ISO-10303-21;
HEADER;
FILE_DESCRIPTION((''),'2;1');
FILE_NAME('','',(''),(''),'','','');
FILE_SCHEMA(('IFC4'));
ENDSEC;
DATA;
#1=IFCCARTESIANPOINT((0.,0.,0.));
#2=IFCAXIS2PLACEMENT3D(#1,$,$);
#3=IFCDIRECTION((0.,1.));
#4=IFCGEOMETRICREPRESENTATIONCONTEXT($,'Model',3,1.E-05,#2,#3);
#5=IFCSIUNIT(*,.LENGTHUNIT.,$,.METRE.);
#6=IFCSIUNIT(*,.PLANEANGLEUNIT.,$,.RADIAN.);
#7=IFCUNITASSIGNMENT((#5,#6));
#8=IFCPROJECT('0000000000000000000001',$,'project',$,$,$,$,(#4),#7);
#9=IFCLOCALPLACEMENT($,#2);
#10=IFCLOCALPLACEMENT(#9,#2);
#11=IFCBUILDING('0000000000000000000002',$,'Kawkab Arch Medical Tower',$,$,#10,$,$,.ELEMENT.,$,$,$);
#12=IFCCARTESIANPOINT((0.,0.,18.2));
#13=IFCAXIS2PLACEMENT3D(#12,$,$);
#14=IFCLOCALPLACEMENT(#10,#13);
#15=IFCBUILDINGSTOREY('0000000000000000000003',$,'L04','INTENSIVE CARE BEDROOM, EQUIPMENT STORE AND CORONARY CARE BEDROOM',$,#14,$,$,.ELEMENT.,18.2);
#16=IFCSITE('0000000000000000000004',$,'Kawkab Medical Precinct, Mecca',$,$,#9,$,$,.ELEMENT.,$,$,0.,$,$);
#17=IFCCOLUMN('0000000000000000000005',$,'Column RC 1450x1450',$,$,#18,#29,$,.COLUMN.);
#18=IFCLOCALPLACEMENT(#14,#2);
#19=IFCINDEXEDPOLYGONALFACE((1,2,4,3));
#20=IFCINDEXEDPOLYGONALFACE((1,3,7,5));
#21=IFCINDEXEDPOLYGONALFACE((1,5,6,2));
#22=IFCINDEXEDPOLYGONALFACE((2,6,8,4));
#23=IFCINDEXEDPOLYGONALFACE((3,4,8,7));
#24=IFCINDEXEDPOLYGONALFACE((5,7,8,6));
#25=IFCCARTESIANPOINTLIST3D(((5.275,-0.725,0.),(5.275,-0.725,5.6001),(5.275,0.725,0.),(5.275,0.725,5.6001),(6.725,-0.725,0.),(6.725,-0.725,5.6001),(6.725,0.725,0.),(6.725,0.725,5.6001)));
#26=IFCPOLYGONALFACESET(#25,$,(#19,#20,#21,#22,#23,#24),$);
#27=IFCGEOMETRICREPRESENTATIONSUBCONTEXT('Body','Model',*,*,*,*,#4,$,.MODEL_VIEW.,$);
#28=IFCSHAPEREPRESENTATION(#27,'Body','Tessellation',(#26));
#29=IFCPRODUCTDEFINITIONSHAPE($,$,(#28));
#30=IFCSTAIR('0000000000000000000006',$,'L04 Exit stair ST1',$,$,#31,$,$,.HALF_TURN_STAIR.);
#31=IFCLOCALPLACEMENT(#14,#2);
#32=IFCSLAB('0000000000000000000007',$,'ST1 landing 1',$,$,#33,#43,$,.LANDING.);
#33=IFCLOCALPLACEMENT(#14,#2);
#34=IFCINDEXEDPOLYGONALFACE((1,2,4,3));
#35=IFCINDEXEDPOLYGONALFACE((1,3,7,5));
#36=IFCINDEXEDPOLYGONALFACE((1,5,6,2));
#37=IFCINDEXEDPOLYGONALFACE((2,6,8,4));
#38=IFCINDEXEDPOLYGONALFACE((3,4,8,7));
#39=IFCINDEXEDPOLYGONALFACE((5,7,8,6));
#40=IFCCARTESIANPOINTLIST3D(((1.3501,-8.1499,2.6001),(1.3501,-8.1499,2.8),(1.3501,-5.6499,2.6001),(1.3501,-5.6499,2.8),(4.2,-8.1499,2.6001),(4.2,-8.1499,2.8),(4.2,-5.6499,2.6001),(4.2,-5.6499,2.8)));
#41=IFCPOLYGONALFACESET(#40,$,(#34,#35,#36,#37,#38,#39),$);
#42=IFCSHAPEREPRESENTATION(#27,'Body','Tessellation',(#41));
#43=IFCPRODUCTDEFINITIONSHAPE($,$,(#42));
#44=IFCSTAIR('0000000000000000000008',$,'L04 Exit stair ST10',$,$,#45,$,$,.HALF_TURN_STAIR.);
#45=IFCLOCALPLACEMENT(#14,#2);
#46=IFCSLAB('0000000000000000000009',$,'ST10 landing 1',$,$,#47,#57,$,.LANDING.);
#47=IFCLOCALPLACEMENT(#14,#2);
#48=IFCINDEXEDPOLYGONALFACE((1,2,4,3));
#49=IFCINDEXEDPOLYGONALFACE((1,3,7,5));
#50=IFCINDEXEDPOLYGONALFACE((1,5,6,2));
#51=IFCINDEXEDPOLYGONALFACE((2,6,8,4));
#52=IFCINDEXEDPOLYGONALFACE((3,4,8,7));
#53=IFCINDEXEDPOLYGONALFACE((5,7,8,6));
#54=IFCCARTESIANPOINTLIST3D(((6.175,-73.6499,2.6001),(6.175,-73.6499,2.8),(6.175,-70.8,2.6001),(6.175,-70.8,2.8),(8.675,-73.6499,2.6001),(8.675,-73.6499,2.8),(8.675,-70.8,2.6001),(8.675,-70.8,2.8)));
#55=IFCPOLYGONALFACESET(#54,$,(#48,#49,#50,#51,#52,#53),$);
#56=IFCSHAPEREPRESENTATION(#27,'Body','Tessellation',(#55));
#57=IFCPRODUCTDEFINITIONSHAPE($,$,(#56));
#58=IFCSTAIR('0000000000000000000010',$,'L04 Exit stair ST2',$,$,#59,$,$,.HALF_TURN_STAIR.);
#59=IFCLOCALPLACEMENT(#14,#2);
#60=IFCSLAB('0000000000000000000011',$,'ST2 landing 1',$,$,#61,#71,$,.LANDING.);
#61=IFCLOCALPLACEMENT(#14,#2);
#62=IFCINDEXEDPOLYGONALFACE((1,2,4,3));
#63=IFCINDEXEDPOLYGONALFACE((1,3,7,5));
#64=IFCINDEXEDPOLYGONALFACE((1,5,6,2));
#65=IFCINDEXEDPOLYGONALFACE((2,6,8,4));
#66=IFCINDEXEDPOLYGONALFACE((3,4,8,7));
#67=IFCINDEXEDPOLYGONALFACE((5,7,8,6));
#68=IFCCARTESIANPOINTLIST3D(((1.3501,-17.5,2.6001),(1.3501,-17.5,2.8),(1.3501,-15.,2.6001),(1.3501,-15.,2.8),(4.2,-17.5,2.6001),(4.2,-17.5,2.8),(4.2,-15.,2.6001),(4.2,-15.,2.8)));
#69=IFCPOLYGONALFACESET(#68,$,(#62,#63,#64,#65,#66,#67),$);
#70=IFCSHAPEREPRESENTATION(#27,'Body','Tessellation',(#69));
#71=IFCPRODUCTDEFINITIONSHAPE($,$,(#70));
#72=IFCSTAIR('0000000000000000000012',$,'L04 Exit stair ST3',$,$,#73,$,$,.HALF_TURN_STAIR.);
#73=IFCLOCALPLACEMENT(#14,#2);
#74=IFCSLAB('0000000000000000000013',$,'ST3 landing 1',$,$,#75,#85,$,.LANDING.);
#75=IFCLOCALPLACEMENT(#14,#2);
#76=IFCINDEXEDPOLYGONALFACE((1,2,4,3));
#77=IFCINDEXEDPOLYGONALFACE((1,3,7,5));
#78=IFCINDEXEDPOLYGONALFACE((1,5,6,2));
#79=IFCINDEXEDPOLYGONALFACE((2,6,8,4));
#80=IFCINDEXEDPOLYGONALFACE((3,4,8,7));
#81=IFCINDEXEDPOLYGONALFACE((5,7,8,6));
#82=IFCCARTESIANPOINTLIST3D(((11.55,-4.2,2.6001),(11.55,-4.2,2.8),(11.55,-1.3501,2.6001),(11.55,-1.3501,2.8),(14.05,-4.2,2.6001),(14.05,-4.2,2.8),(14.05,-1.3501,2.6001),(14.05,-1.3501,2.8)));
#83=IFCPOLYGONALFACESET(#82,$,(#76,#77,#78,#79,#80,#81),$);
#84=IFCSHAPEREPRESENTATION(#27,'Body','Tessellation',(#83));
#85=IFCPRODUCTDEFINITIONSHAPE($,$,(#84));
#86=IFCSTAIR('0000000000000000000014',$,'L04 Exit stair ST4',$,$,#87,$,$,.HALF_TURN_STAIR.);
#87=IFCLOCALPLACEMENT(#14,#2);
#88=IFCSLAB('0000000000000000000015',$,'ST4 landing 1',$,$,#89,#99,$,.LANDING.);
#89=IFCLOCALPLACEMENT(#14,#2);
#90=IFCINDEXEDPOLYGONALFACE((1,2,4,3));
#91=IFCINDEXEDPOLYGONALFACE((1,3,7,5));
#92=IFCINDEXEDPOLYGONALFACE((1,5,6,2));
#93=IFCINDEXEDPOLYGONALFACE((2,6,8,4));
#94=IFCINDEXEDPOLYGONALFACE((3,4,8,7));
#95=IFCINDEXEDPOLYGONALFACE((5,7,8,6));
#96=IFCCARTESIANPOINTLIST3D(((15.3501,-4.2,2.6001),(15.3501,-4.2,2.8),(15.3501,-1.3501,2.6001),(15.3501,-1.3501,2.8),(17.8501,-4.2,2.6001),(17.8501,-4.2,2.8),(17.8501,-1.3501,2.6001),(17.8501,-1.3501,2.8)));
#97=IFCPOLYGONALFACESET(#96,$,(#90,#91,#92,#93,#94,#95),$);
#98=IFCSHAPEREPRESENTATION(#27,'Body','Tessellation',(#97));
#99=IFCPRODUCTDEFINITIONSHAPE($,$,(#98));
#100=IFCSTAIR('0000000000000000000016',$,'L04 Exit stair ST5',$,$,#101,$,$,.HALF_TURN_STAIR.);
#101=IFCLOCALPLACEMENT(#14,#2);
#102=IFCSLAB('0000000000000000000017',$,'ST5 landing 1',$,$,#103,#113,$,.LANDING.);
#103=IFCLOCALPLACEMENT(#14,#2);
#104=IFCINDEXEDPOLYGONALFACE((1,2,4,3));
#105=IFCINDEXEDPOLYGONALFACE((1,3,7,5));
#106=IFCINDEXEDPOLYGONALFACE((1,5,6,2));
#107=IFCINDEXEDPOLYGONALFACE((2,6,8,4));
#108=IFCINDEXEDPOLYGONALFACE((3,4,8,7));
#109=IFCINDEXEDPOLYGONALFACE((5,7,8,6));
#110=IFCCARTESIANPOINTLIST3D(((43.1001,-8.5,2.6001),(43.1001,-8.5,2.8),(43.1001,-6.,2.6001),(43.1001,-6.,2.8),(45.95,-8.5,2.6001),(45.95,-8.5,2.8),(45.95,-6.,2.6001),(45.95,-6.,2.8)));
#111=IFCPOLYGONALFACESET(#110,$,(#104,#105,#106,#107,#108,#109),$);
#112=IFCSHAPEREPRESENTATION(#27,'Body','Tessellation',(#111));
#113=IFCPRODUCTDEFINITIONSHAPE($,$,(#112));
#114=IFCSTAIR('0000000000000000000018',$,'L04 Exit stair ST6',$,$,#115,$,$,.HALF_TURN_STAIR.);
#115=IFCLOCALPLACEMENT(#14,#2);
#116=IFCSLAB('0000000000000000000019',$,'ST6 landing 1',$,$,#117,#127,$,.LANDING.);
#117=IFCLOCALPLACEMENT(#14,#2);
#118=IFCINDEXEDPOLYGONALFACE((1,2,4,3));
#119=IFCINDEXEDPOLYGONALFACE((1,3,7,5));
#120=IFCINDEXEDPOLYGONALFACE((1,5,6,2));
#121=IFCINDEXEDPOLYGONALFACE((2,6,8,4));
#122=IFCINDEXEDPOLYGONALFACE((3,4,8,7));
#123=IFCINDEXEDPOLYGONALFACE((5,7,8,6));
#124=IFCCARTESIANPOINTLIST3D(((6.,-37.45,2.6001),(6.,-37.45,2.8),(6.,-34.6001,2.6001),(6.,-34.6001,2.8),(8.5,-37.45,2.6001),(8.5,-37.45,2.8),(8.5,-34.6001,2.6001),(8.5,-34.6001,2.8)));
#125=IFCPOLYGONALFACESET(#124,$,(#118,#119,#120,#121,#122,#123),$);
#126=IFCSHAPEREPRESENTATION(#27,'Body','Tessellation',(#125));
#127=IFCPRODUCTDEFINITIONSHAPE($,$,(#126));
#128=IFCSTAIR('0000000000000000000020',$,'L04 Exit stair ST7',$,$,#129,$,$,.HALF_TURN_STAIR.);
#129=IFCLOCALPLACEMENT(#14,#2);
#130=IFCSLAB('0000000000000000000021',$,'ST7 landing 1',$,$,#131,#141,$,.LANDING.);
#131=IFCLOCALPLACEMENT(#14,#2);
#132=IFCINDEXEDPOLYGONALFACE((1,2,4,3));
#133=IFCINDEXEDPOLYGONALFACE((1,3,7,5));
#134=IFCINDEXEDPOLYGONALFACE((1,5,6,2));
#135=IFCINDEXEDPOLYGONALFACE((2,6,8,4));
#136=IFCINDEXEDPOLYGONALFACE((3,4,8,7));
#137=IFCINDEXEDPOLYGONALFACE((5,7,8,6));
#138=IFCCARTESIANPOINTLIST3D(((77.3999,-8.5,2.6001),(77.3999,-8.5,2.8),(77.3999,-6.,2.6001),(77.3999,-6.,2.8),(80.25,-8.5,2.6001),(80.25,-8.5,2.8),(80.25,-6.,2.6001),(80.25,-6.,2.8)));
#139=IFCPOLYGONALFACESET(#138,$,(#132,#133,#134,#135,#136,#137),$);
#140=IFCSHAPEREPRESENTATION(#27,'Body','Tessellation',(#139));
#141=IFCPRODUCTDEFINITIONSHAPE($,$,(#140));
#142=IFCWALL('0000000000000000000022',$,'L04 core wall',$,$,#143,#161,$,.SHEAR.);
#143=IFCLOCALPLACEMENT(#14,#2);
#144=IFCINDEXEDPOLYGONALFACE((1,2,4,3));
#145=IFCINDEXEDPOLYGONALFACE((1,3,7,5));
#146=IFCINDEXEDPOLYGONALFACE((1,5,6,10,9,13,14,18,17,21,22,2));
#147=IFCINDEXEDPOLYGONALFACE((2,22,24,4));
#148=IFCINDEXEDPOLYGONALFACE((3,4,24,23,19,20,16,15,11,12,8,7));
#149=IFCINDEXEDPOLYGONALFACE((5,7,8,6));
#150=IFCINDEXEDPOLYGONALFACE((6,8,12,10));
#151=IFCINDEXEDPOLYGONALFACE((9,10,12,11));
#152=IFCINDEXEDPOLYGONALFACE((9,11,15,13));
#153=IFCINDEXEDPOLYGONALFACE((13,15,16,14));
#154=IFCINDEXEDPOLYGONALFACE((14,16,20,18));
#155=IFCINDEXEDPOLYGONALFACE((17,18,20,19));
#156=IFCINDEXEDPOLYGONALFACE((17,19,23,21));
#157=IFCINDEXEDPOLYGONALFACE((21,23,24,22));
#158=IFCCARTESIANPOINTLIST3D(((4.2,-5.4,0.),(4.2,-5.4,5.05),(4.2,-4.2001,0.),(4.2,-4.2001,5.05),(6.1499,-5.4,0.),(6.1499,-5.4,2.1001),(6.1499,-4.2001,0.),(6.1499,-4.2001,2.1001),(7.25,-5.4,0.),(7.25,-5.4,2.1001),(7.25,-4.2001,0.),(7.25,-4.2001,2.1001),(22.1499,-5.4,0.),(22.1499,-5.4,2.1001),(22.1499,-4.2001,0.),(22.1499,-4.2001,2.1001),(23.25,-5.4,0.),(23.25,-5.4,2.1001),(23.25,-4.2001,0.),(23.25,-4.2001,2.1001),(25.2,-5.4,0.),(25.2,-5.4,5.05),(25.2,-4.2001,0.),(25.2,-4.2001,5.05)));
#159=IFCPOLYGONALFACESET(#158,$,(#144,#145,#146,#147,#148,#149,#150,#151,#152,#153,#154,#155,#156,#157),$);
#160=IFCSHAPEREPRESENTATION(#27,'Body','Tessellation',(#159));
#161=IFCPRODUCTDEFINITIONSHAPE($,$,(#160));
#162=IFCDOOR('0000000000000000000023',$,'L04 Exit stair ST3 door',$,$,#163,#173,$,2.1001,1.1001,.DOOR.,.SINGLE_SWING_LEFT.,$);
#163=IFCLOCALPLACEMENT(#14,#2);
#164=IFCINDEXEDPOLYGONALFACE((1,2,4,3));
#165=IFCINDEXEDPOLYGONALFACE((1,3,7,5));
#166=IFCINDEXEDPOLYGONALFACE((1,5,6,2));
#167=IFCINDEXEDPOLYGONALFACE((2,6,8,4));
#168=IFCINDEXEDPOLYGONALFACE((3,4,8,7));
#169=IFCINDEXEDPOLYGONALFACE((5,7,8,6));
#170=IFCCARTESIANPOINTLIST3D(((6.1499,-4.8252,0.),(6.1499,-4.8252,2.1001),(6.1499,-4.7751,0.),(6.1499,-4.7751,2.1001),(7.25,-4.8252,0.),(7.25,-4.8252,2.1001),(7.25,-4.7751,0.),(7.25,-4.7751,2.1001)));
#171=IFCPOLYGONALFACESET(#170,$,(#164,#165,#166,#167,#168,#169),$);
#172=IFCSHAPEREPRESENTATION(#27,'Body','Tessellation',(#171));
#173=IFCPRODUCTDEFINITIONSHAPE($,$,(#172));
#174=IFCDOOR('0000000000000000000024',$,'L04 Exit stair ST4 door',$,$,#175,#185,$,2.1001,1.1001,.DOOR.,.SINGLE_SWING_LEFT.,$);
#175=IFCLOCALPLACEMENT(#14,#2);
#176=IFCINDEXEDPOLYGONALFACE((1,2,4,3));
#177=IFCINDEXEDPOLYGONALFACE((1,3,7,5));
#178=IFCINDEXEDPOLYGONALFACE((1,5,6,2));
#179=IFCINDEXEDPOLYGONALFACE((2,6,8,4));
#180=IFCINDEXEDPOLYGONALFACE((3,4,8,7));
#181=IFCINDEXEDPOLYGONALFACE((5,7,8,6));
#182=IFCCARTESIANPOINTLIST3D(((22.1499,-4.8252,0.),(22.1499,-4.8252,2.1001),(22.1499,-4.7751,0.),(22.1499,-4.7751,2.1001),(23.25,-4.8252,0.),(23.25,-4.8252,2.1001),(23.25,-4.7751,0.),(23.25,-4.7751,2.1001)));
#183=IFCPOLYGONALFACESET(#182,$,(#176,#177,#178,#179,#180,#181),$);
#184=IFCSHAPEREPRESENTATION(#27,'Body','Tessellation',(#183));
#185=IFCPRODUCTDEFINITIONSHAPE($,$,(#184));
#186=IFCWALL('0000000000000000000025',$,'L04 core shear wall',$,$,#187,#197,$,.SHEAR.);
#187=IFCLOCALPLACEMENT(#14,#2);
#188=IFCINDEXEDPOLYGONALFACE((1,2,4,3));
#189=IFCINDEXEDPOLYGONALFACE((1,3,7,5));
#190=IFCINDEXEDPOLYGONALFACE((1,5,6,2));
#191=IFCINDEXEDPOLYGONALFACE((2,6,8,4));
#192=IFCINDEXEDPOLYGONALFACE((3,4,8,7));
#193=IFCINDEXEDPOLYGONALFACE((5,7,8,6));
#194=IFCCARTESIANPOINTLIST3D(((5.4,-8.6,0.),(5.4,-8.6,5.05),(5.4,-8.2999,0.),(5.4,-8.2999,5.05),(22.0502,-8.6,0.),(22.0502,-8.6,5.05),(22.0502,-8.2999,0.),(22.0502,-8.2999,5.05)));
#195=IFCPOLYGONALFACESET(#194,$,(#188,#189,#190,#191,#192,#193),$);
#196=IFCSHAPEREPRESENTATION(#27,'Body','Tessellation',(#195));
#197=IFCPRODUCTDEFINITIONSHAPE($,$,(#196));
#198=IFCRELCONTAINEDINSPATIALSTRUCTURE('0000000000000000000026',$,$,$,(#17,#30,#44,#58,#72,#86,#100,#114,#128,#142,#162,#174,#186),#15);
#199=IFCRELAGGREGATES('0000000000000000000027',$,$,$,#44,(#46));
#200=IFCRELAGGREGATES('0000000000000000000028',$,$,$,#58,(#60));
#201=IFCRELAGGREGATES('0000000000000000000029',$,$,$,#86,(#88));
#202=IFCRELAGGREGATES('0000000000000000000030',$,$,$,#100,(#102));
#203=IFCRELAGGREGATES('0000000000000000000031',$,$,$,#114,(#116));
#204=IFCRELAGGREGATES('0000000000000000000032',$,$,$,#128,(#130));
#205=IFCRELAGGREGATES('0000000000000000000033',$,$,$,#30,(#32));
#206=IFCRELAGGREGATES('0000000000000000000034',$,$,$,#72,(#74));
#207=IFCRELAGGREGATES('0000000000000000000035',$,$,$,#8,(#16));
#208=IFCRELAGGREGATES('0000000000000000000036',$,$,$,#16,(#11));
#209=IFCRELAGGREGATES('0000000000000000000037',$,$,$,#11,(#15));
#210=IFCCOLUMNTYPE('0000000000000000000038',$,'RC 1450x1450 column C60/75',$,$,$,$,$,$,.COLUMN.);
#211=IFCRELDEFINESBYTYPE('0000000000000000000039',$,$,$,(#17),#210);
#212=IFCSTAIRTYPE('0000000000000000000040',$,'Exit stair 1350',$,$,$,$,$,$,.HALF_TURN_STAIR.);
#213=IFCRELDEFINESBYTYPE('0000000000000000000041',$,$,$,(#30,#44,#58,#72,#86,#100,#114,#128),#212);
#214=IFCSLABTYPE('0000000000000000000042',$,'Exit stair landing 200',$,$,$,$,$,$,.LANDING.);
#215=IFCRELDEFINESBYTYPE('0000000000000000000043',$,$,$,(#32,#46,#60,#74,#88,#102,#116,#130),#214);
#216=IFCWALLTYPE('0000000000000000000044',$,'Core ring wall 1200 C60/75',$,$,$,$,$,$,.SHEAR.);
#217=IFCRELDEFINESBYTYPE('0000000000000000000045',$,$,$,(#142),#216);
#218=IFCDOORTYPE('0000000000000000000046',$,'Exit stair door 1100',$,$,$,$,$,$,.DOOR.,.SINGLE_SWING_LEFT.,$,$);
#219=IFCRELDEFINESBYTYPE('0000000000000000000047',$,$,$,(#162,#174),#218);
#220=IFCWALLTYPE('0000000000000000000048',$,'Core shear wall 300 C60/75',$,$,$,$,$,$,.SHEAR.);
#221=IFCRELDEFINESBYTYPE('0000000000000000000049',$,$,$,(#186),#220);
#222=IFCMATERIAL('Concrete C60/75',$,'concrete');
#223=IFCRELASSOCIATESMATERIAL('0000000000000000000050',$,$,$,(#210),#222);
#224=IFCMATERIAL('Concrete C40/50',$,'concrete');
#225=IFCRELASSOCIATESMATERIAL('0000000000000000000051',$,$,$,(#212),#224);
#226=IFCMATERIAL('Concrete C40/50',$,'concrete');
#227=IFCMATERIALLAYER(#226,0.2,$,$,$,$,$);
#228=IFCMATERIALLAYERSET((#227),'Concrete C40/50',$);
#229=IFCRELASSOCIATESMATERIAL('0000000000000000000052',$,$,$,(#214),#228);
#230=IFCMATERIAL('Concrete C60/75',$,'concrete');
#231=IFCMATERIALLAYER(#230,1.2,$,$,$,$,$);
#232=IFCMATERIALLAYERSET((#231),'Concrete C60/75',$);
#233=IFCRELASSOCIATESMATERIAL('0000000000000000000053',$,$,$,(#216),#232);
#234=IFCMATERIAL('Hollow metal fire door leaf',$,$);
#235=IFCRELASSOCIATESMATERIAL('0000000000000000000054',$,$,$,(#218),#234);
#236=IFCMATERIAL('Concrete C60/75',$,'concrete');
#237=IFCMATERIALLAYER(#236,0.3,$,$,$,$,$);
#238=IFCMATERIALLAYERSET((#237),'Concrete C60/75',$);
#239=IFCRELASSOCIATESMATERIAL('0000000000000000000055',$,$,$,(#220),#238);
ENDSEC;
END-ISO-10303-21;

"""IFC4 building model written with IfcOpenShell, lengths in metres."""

from ifc_helpers import new_model, si_unit, direction, frame, frame_2d, origin, origin_2d, place, context, subcontext, project, spatial, polyline, rectangle, outline, extrude, material, layer, layer_set, material_profile, profile_set, type_object, element, fill, aggregate, save


model = new_model("IFC4")

# Units and contexts
model_context = context("Model", 3, precision=1e-05, world=origin(), true_north=direction((0.0, 1.0)))
body_context = subcontext(model_context, "Body", "Model", "MODEL_VIEW")
ifc_project = project(units=[si_unit("LENGTHUNIT", "METRE"), si_unit("PLANEANGLEUNIT", "RADIAN")], contexts=[model_context])

# Site, building, storey
site_placement = place(None, origin())
site = spatial("IfcSite", under=ifc_project, at=site_placement, Name="Kawkab Medical Precinct, Mecca", CompositionType="ELEMENT", RefElevation=0.0)
building_placement = place(site_placement, origin())
building = spatial("IfcBuilding", under=site, at=building_placement, Name="Kawkab Arch Medical Tower", CompositionType="ELEMENT")
storey_placement = place(building_placement, frame((0.0, 0.0, 18.2)))
storey = spatial("IfcBuildingStorey", under=building, at=storey_placement, Name="L04", Description="INTENSIVE CARE BEDROOM, EQUIPMENT STORE AND CORONARY CARE BEDROOM", CompositionType="ELEMENT", Elevation=18.2)

# Column
ifc_material_1 = material(Name="Concrete C60/75", Category="concrete")
ifc_material_profile = material_profile(ifc_material_1, rectangle(XDim=1.45, YDim=1.45, at=origin_2d()), Name="RC 1450x1450")
ifc_profile_set = profile_set([ifc_material_profile], Name="Concrete C60/75")
column_type = type_object("IfcColumnType", Name="RC 1450x1450 column C60/75", PredefinedType="COLUMN", material=ifc_profile_set)
column_placement = place(storey_placement, frame((6.0, 0.0, 0.0), z_axis=(0.0, 0.0, 1.0), x_axis=(1.0, 0.0, 0.0)))
element("IfcColumn", 1, at=column_placement, inside=storey, type_object=column_type, Name="Column RC 1450x1450", PredefinedType="COLUMN", context=body_context, shape_type="SweptSolid", body=[
    extrude(rectangle(XDim=1.45, YDim=1.45, at=origin_2d()), origin(), (0.0, 0.0, 1.0), 5.6001),
])

# Stairs, slabs
ifc_material_2 = material(Name="Concrete C40/50", Category="concrete")
stair_type = type_object("IfcStairType", Name="Exit stair 1350", PredefinedType="HALF_TURN_STAIR", material=ifc_material_2)
placement_1 = place(storey_placement, origin())
stair_1 = element("IfcStair", 2, at=placement_1, inside=storey, type_object=stair_type, Name="L04 Exit stair ST1", PredefinedType="HALF_TURN_STAIR")
ifc_material_3 = material(Name="Concrete C40/50", Category="concrete")
ifc_layer_1 = layer(ifc_material_3, 0.2)
ifc_layer_set_1 = layer_set([ifc_layer_1], Name="Concrete C40/50")
slab_type = type_object("IfcSlabType", Name="Exit stair landing 200", PredefinedType="LANDING", material=ifc_layer_set_1)
placement_2 = place(storey_placement, frame((0.0, 0.0, 2.6001)))
slab_1 = element("IfcSlab", 3, at=placement_2, type_object=slab_type, Name="ST1 landing 1", PredefinedType="LANDING", context=body_context, shape_type="SweptSolid", body=[
    extrude(outline(polyline([(4.2, -8.1499), (4.2, -5.6499), (1.3501, -5.6499), (1.3501, -8.1499), (4.2, -8.1499)])), origin(), (0.0, 0.0, 1.0), 0.2),
])
stair_2 = element("IfcStair", 4, at=placement_1, inside=storey, type_object=stair_type, Name="L04 Exit stair ST10", PredefinedType="HALF_TURN_STAIR")
slab_2 = element("IfcSlab", 5, at=placement_2, type_object=slab_type, Name="ST10 landing 1", PredefinedType="LANDING", context=body_context, shape_type="SweptSolid", body=[
    extrude(outline(polyline([(6.175, -73.6499), (8.675, -73.6499), (8.675, -70.8), (6.175, -70.8), (6.175, -73.6499)])), origin(), (0.0, 0.0, 1.0), 0.2),
])
aggregate(stair_2, [slab_2])
stair_3 = element("IfcStair", 6, at=placement_1, inside=storey, type_object=stair_type, Name="L04 Exit stair ST2", PredefinedType="HALF_TURN_STAIR")
slab_3 = element("IfcSlab", 7, at=placement_2, type_object=slab_type, Name="ST2 landing 1", PredefinedType="LANDING", context=body_context, shape_type="SweptSolid", body=[
    extrude(outline(polyline([(4.2, -17.5), (4.2, -15.0), (1.3501, -15.0), (1.3501, -17.5), (4.2, -17.5)])), origin(), (0.0, 0.0, 1.0), 0.2),
])
aggregate(stair_3, [slab_3])
stair_4 = element("IfcStair", 8, at=placement_1, inside=storey, type_object=stair_type, Name="L04 Exit stair ST3", PredefinedType="HALF_TURN_STAIR")
slab_4 = element("IfcSlab", 9, at=placement_2, type_object=slab_type, Name="ST3 landing 1", PredefinedType="LANDING", context=body_context, shape_type="SweptSolid", body=[
    extrude(outline(polyline([(11.55, -4.2), (14.05, -4.2), (14.05, -1.3501), (11.55, -1.3501), (11.55, -4.2)])), origin(), (0.0, 0.0, 1.0), 0.2),
])
stair_5 = element("IfcStair", 10, at=placement_1, inside=storey, type_object=stair_type, Name="L04 Exit stair ST4", PredefinedType="HALF_TURN_STAIR")
slab_5 = element("IfcSlab", 11, at=placement_2, type_object=slab_type, Name="ST4 landing 1", PredefinedType="LANDING", context=body_context, shape_type="SweptSolid", body=[
    extrude(outline(polyline([(17.8501, -1.3501), (15.3501, -1.3501), (15.3501, -4.2), (17.8501, -4.2), (17.8501, -1.3501)])), origin(), (0.0, 0.0, 1.0), 0.2),
])
aggregate(stair_5, [slab_5])
stair_6 = element("IfcStair", 12, at=placement_1, inside=storey, type_object=stair_type, Name="L04 Exit stair ST5", PredefinedType="HALF_TURN_STAIR")
slab_6 = element("IfcSlab", 13, at=placement_2, type_object=slab_type, Name="ST5 landing 1", PredefinedType="LANDING", context=body_context, shape_type="SweptSolid", body=[
    extrude(outline(polyline([(43.1001, -6.0), (43.1001, -8.5), (45.95, -8.5), (45.95, -6.0), (43.1001, -6.0)])), origin(), (0.0, 0.0, 1.0), 0.2),
])
aggregate(stair_6, [slab_6])
stair_7 = element("IfcStair", 14, at=placement_1, inside=storey, type_object=stair_type, Name="L04 Exit stair ST6", PredefinedType="HALF_TURN_STAIR")
slab_7 = element("IfcSlab", 15, at=placement_2, type_object=slab_type, Name="ST6 landing 1", PredefinedType="LANDING", context=body_context, shape_type="SweptSolid", body=[
    extrude(outline(polyline([(6.0, -37.45), (8.5, -37.45), (8.5, -34.6001), (6.0, -34.6001), (6.0, -37.45)])), origin(), (0.0, 0.0, 1.0), 0.2),
])
aggregate(stair_7, [slab_7])
stair_8 = element("IfcStair", 16, at=placement_1, inside=storey, type_object=stair_type, Name="L04 Exit stair ST7", PredefinedType="HALF_TURN_STAIR")
slab_8 = element("IfcSlab", 17, at=placement_2, type_object=slab_type, Name="ST7 landing 1", PredefinedType="LANDING", context=body_context, shape_type="SweptSolid", body=[
    extrude(outline(polyline([(77.3999, -6.0), (77.3999, -8.5), (80.25, -8.5), (80.25, -6.0), (77.3999, -6.0)])), origin(), (0.0, 0.0, 1.0), 0.2),
])
aggregate(stair_8, [slab_8])

# Wall, openings, doors
ifc_material_4 = material(Name="Concrete C60/75", Category="concrete")
ifc_layer_2 = layer(ifc_material_4, 1.2)
ifc_layer_set_2 = layer_set([ifc_layer_2], Name="Concrete C60/75")
wall_type_1 = type_object("IfcWallType", Name="Core ring wall 1200 C60/75", PredefinedType="SHEAR", material=ifc_layer_set_2)
wall_1_placement = place(storey_placement, frame((4.2, -4.8, 0.0), z_axis=(0.0, 0.0, 1.0), x_axis=(1.0, 0.0, 0.0)))
wall_1 = element("IfcWall", 18, at=wall_1_placement, inside=storey, type_object=wall_type_1, Name="L04 core wall", PredefinedType="SHEAR", context=body_context, shape_type="SweptSolid", body=[
    extrude(rectangle(XDim=21.0, YDim=1.2, at=frame_2d((10.5, 0.0))), origin(), (0.0, 0.0, 1.0), 5.05),
])
opening_1_placement = place(wall_1_placement, frame((1.95, 0.0, 0.0)))
opening_1 = element("IfcOpeningElement", 19, at=opening_1_placement, cuts=wall_1, PredefinedType="OPENING", context=body_context, shape_type="SweptSolid", body=[
    extrude(rectangle(XDim=1.1001, YDim=2.1001, at=frame_2d((0.55, 1.05))), frame((0.0, 0.6099, 0.0), z_axis=(0.0, -1.0, 0.0), x_axis=(1.0, 0.0, 0.0)), (0.0, 0.0, 1.0), 1.22),
])
opening_2_placement = place(wall_1_placement, frame((17.95, 0.0, 0.0)))
opening_2 = element("IfcOpeningElement", 20, at=opening_2_placement, cuts=wall_1, PredefinedType="OPENING", context=body_context, shape_type="SweptSolid", body=[
    extrude(rectangle(XDim=1.1001, YDim=2.1001, at=frame_2d((0.55, 1.05))), frame((0.0, 0.6099, 0.0), z_axis=(0.0, -1.0, 0.0), x_axis=(1.0, 0.0, 0.0)), (0.0, 0.0, 1.0), 1.22),
])
ifc_material_5 = material(Name="Hollow metal fire door leaf")
door_type = type_object("IfcDoorType", Name="Exit stair door 1100", OperationType="SINGLE_SWING_LEFT", PredefinedType="DOOR", material=ifc_material_5)
door_1_placement = place(opening_1_placement, origin())
door_1 = element("IfcDoor", 21, at=door_1_placement, inside=storey, type_object=door_type, Name="L04 Exit stair ST3 door", OperationType="SINGLE_SWING_LEFT", OverallHeight=2.1001, OverallWidth=1.1001, PredefinedType="DOOR", context=body_context, shape_type="SweptSolid", body=[
    extrude(rectangle(XDim=1.1001, YDim=2.1001, at=frame_2d((0.55, 1.05))), frame((0.0, 0.0249, 0.0), z_axis=(0.0, -1.0, 0.0), x_axis=(1.0, 0.0, 0.0)), (0.0, 0.0, 1.0), 0.05),
])
fill(opening_1, door_1)
door_2_placement = place(opening_2_placement, origin())
door_2 = element("IfcDoor", 22, at=door_2_placement, inside=storey, type_object=door_type, Name="L04 Exit stair ST4 door", OperationType="SINGLE_SWING_LEFT", OverallHeight=2.1001, OverallWidth=1.1001, PredefinedType="DOOR", context=body_context, shape_type="SweptSolid", body=[
    extrude(rectangle(XDim=1.1001, YDim=2.1001, at=frame_2d((0.55, 1.05))), frame((0.0, 0.0249, 0.0), z_axis=(0.0, -1.0, 0.0), x_axis=(1.0, 0.0, 0.0)), (0.0, 0.0, 1.0), 0.05),
])
fill(opening_2, door_2)

# Wall
ifc_material_6 = material(Name="Concrete C60/75", Category="concrete")
ifc_layer_3 = layer(ifc_material_6, 0.3)
ifc_layer_set_3 = layer_set([ifc_layer_3], Name="Concrete C60/75")
wall_type_2 = type_object("IfcWallType", Name="Core shear wall 300 C60/75", PredefinedType="SHEAR", material=ifc_layer_set_3)
wall_2_placement = place(storey_placement, frame((5.3999, -8.45, 0.0), z_axis=(0.0, 0.0, 1.0), x_axis=(1.0, 0.0, 0.0)))
element("IfcWall", 23, at=wall_2_placement, inside=storey, type_object=wall_type_2, Name="L04 core shear wall", PredefinedType="SHEAR", context=body_context, shape_type="SweptSolid", body=[
    extrude(rectangle(XDim=16.6501, YDim=0.3, at=frame_2d((8.3252, 0.0))), origin(), (0.0, 0.0, 1.0), 5.05),
])

aggregate(stair_1, [slab_1])
aggregate(stair_4, [slab_4])

save(model, "model.ifc")
